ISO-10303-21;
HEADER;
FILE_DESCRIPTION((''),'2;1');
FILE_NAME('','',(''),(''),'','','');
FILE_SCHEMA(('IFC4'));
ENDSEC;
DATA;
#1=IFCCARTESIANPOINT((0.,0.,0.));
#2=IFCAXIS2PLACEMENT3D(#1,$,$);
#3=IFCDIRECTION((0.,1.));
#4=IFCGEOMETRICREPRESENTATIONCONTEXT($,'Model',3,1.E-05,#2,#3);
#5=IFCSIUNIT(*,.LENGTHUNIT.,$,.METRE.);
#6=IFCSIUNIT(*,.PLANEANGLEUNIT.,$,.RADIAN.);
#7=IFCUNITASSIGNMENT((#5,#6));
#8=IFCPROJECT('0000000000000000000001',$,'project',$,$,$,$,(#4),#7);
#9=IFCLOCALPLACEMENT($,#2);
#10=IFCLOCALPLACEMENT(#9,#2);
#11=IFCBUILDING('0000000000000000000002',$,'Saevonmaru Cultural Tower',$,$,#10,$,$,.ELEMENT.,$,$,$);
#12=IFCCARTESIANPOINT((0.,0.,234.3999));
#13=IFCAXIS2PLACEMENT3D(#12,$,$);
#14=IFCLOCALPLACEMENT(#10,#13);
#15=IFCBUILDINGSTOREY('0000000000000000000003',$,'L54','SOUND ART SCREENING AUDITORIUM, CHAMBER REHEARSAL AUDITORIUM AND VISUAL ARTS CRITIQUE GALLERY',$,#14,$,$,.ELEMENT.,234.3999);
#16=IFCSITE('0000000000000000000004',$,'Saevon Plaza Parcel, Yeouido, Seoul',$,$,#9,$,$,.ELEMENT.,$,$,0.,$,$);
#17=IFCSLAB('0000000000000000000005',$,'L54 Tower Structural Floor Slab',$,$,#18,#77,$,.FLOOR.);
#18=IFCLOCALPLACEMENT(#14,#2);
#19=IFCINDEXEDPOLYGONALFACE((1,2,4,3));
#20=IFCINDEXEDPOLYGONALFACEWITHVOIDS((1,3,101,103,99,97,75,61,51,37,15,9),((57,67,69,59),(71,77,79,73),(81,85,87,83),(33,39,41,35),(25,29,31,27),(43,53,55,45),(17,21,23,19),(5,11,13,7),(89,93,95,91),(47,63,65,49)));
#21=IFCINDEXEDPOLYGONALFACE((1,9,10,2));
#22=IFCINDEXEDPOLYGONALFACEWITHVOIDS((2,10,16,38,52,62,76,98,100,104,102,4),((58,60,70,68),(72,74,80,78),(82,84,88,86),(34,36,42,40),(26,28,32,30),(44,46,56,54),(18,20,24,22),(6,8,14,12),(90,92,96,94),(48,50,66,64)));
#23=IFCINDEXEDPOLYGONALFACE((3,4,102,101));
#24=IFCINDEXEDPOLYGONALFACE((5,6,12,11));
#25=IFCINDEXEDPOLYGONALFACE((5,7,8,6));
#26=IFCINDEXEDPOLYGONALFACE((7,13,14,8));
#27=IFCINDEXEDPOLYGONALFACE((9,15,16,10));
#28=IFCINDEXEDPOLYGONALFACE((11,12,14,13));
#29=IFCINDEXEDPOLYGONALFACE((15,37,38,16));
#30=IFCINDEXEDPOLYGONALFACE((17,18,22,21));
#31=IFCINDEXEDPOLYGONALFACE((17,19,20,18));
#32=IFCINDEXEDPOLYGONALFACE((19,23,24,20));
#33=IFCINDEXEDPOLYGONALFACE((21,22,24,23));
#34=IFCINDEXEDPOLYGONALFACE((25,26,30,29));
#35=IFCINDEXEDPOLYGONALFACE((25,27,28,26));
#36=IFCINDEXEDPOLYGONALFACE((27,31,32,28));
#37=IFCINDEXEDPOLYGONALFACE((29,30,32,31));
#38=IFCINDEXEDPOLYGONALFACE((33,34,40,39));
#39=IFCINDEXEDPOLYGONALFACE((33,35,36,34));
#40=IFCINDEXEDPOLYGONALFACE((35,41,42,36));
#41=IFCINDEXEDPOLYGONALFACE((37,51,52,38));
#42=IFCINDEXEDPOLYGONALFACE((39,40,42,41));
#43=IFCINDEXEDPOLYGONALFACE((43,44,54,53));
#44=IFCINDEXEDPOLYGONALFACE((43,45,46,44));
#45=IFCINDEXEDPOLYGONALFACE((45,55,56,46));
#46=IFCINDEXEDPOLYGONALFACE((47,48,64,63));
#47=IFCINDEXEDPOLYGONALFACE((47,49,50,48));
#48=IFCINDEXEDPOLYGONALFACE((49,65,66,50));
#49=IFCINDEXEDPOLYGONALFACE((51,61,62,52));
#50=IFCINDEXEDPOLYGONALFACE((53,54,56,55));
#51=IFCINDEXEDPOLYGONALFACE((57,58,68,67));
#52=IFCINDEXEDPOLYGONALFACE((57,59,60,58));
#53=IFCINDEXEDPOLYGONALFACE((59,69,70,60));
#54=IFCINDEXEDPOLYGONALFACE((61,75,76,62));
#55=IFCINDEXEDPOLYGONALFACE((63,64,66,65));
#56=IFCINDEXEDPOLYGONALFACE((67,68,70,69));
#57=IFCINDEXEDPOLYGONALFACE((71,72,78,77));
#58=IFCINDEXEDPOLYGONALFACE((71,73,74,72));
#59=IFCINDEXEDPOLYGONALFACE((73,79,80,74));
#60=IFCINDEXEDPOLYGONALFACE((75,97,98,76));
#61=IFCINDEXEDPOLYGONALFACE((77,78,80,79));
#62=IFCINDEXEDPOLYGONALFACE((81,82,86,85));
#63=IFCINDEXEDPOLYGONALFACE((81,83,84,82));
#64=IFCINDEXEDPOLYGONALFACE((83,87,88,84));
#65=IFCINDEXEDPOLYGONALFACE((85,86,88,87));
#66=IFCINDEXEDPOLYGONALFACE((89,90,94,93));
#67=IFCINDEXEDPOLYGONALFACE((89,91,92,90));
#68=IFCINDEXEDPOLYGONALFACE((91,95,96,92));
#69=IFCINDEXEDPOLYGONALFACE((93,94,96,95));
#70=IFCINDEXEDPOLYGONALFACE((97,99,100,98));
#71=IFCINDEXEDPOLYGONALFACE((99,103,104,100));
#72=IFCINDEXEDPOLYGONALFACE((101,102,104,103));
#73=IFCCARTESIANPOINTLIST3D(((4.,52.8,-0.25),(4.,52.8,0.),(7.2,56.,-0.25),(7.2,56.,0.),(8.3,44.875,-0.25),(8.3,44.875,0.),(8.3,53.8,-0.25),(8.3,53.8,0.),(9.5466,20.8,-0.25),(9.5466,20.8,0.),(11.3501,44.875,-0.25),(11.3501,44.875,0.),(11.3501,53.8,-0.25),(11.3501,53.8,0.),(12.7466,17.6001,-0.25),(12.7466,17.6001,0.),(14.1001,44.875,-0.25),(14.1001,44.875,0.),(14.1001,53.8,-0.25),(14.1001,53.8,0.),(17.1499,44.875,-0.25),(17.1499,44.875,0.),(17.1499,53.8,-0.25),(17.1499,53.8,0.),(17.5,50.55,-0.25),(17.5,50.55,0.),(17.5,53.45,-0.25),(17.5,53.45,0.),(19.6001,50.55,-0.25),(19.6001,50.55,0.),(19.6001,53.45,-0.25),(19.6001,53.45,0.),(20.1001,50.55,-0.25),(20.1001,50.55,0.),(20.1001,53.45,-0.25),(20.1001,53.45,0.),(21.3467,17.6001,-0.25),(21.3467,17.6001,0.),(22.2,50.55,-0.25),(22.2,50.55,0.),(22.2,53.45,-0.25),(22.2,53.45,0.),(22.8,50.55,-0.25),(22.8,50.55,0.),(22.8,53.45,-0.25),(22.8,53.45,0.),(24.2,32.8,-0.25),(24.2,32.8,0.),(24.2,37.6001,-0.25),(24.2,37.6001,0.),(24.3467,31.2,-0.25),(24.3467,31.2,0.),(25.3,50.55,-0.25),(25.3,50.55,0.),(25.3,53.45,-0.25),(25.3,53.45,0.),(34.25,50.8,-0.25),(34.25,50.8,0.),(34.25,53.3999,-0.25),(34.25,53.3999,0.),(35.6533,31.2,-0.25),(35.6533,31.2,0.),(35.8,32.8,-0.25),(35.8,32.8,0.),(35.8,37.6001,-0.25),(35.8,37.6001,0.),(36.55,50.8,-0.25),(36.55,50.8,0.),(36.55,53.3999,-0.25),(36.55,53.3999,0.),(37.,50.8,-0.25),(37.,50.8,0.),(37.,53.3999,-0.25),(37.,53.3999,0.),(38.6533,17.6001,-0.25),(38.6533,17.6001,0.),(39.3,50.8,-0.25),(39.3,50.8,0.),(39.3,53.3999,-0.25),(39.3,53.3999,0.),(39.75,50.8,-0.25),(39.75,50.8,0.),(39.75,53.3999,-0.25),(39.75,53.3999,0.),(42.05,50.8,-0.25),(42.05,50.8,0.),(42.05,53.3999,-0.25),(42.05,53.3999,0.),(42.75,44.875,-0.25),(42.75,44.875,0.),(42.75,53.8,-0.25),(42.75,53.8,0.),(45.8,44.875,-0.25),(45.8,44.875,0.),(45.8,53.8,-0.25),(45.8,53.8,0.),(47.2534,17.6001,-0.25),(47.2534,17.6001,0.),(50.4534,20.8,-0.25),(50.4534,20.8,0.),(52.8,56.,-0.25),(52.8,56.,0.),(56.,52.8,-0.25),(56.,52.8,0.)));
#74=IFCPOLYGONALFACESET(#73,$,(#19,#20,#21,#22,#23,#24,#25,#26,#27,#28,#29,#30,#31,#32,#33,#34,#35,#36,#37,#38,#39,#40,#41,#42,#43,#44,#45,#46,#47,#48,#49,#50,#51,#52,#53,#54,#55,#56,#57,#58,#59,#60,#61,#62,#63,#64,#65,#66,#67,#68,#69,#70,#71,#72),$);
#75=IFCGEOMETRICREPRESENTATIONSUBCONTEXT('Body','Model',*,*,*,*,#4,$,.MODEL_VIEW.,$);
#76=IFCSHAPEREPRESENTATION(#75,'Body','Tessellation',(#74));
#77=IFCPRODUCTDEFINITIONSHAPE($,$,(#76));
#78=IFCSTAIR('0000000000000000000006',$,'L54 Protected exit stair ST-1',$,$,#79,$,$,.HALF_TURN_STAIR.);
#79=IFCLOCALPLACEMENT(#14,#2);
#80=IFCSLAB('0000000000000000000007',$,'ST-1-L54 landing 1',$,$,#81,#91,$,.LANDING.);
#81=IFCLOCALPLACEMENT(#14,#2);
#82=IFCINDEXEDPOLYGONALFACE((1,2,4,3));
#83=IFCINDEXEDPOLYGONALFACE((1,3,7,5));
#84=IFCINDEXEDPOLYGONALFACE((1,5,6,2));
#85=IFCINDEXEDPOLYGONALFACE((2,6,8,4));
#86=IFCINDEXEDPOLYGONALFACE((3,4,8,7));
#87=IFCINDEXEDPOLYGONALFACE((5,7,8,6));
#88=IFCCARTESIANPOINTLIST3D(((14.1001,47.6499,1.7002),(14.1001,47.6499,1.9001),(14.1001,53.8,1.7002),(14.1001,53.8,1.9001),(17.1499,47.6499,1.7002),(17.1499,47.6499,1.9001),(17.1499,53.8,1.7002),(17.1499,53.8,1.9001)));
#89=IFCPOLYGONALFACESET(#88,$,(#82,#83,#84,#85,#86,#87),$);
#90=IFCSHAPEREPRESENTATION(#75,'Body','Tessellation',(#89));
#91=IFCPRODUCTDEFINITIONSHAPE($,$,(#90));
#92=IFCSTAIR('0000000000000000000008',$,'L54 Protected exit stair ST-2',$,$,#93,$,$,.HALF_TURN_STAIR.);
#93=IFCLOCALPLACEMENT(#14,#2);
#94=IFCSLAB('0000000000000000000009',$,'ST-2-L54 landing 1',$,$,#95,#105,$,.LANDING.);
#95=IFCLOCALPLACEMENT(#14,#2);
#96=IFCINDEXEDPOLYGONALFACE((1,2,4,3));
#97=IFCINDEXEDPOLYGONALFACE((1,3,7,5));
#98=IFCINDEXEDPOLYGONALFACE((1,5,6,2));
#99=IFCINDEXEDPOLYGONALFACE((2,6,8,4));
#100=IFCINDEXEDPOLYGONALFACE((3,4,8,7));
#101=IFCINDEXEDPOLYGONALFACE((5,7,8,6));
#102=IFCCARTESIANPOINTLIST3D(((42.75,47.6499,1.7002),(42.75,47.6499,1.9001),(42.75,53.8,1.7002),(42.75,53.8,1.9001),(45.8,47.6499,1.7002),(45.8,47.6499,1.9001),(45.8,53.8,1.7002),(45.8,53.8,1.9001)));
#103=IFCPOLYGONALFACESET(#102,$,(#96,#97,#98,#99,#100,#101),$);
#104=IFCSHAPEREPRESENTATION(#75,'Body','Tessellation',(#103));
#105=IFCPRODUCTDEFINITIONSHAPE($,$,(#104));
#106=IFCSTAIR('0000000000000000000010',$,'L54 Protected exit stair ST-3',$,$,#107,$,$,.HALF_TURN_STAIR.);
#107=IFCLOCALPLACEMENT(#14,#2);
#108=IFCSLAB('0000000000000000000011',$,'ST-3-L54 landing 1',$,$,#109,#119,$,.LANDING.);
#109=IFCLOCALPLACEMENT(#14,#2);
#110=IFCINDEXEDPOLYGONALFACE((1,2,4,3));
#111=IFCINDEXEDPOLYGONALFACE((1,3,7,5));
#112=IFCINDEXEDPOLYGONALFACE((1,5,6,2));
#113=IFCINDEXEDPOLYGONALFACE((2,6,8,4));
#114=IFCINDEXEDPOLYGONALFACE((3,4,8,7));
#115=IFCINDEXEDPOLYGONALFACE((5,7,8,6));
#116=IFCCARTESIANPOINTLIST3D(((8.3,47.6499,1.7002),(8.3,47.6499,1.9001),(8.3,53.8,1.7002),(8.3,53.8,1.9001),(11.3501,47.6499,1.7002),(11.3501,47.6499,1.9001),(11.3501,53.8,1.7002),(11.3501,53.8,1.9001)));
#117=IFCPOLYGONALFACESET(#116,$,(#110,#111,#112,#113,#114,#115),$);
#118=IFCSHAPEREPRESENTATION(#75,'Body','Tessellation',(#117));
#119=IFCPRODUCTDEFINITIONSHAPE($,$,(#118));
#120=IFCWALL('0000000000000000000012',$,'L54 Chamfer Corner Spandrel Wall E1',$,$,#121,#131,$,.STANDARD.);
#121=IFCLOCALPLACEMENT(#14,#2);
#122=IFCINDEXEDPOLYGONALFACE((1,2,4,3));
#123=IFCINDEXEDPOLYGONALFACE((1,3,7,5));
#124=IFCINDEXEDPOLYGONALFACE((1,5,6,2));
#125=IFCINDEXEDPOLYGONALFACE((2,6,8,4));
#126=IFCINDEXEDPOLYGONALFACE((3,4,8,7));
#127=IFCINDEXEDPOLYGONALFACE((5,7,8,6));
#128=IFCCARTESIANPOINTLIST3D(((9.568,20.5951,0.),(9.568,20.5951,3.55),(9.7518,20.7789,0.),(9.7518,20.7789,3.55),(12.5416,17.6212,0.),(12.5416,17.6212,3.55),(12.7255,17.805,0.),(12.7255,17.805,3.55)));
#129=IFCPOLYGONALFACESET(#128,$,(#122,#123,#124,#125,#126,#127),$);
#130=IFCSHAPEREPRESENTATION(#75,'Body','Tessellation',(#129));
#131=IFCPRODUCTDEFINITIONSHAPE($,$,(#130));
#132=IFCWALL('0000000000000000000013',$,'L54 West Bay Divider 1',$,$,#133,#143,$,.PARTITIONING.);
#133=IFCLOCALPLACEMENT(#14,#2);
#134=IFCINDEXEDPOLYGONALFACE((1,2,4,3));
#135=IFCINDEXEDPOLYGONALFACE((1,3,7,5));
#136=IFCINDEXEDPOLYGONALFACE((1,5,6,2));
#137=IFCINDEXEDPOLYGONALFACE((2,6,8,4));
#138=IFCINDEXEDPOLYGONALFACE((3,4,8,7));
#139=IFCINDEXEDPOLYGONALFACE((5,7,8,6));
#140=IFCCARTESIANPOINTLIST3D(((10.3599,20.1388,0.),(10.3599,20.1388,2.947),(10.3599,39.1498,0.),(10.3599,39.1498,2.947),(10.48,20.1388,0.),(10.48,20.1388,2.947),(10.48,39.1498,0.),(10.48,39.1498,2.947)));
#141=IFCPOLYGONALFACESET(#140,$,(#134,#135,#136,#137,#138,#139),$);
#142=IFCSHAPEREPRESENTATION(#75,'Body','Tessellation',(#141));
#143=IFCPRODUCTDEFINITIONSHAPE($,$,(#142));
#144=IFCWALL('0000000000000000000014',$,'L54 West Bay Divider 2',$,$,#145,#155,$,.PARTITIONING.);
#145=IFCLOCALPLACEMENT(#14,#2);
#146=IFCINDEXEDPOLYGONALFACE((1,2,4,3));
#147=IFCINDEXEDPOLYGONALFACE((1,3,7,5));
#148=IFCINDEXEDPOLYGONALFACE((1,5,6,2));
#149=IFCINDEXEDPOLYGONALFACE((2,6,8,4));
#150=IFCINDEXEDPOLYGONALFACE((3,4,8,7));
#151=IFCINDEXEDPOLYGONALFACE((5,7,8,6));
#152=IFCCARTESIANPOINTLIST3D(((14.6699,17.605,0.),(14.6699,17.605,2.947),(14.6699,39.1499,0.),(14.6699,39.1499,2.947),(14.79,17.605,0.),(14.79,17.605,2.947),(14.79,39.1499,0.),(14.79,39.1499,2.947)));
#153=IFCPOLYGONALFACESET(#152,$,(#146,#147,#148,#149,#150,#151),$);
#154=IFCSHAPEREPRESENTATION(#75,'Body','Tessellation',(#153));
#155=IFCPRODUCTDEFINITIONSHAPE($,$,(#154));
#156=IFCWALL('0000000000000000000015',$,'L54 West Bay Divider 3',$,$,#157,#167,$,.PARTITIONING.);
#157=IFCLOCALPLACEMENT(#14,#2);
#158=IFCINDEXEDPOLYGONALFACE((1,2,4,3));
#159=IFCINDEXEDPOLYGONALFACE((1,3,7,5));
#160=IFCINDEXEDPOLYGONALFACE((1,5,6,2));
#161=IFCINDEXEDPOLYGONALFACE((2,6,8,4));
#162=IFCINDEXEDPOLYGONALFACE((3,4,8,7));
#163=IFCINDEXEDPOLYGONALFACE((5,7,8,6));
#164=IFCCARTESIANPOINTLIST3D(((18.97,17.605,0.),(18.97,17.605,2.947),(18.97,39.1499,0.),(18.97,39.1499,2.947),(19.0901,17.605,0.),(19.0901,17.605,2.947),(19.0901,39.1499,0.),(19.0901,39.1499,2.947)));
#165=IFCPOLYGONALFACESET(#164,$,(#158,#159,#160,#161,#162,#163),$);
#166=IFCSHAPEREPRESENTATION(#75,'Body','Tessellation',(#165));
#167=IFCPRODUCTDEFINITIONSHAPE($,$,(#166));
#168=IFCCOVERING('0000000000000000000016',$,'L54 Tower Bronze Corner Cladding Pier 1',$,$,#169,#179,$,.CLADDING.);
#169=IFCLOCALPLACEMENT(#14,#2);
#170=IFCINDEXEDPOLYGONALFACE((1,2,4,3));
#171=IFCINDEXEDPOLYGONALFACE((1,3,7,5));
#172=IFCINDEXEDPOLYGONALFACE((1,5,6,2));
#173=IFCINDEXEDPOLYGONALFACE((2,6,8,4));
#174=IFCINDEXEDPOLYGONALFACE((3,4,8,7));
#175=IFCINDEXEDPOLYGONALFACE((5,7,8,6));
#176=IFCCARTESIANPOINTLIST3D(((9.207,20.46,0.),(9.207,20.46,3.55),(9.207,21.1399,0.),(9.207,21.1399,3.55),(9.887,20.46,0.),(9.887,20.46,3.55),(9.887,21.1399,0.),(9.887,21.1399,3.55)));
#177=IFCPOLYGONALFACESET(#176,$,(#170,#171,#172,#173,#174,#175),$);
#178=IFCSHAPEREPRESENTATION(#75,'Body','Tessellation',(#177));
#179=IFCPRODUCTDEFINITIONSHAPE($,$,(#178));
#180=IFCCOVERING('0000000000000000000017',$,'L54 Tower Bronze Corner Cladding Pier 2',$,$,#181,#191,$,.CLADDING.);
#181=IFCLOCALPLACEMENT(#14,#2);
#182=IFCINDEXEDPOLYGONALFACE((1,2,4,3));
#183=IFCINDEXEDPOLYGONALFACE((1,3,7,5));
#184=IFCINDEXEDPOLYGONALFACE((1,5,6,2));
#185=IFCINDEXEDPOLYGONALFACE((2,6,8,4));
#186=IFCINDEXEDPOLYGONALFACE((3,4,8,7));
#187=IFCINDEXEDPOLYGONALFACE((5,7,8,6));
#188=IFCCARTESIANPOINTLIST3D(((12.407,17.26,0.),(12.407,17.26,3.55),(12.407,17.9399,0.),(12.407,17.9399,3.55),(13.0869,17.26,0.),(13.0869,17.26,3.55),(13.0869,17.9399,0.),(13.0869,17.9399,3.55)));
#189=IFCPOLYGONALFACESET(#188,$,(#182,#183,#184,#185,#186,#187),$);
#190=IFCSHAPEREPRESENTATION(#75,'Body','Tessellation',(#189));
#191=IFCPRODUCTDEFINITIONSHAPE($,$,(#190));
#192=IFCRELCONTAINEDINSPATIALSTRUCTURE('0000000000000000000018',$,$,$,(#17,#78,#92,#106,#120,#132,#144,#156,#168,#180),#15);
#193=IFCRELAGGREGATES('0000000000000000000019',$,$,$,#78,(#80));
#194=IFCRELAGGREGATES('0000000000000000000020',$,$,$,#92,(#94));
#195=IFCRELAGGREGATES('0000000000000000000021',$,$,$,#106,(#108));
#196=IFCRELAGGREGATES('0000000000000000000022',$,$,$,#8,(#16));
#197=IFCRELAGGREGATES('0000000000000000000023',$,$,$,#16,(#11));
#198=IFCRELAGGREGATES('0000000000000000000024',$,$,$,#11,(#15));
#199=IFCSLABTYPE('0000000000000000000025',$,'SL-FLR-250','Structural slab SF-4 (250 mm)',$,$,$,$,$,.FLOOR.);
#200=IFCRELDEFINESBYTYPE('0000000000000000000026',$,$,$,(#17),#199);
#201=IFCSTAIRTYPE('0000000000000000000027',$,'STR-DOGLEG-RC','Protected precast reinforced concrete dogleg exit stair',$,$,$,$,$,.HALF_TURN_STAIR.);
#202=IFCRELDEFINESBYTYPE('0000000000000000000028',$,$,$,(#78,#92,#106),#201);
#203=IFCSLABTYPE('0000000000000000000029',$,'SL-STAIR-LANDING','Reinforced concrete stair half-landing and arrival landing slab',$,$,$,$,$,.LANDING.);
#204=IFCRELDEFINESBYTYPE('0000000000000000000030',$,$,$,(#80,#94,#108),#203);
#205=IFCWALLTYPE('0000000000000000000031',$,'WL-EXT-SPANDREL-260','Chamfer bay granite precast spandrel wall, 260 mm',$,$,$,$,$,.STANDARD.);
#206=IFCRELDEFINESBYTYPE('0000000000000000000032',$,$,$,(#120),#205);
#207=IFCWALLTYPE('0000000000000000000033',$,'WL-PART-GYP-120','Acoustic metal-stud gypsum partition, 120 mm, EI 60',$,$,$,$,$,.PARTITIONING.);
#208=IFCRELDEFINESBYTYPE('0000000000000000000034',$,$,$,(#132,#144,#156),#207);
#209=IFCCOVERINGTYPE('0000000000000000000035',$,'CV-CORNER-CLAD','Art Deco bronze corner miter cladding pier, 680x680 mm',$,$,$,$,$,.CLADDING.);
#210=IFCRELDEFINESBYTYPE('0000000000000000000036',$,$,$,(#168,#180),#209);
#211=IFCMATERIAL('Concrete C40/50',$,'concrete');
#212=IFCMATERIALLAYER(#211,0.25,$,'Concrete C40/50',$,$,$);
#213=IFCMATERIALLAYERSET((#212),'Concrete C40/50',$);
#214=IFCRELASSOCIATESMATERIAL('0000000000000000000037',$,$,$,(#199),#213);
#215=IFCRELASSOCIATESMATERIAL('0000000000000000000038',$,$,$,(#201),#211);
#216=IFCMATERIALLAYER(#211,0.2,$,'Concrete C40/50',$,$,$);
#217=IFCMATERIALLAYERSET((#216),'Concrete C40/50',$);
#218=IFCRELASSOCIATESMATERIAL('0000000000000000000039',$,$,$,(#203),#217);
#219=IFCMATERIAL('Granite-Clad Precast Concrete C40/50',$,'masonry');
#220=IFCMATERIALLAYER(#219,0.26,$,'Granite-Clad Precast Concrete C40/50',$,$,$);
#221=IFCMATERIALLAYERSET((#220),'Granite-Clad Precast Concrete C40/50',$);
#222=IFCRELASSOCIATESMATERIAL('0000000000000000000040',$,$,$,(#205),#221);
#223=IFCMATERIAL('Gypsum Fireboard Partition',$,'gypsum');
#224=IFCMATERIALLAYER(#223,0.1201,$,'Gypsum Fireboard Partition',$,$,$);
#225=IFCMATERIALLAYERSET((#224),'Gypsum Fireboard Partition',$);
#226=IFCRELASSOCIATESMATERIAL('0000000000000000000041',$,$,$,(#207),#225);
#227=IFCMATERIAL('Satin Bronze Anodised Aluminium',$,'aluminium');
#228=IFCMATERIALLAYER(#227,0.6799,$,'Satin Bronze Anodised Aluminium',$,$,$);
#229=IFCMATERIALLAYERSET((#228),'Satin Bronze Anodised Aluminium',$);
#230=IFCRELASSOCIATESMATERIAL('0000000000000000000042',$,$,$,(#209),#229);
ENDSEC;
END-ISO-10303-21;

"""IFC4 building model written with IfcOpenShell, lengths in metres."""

from ifc_helpers import new_model, si_unit, direction, frame, frame_2d, origin, place, context, subcontext, project, spatial, polyline, rectangle, outline, extrude, material, layer, layer_set, type_object, element, aggregate, save


model = new_model("IFC4")

# Units and contexts
model_context = context("Model", 3, precision=1e-05, world=origin(), true_north=direction((0.0, 1.0)))
body_context = subcontext(model_context, "Body", "Model", "MODEL_VIEW")
ifc_project = project(units=[si_unit("LENGTHUNIT", "METRE"), si_unit("PLANEANGLEUNIT", "RADIAN")], contexts=[model_context])

# Site, building, storey
site_placement = place(None, origin())
site = spatial("IfcSite", under=ifc_project, at=site_placement, Name="Saevon Plaza Parcel, Yeouido, Seoul", CompositionType="ELEMENT", RefElevation=0.0)
building_placement = place(site_placement, origin())
building = spatial("IfcBuilding", under=site, at=building_placement, Name="Saevonmaru Cultural Tower", CompositionType="ELEMENT")
storey_placement = place(building_placement, frame((0.0, 0.0, 234.3999)))
storey = spatial("IfcBuildingStorey", under=building, at=storey_placement, Name="L54", Description="SOUND ART SCREENING AUDITORIUM, CHAMBER REHEARSAL AUDITORIUM AND VISUAL ARTS CRITIQUE GALLERY", CompositionType="ELEMENT", Elevation=234.3999)

# Shared definitions
ifc_material_1 = material(Name="Satin Bronze Anodised Aluminium", Category="aluminium")

# Slab
ifc_material_2 = material(Name="Concrete C40/50", Category="concrete")
ifc_layer_1 = layer(ifc_material_2, 0.25, Name="Concrete C40/50")
ifc_layer_set_1 = layer_set([ifc_layer_1], Name="Concrete C40/50")
slab_type_1 = type_object("IfcSlabType", Name="SL-FLR-250", Description="Structural slab SF-4 (250 mm)", PredefinedType="FLOOR", material=ifc_layer_set_1)
slab_1_placement = place(storey_placement, frame((0.0, 0.0, -0.25)))
element("IfcSlab", 1, at=slab_1_placement, inside=storey, type_object=slab_type_1, Name="L54 Tower Structural Floor Slab", PredefinedType="FLOOR", context=body_context, shape_type="SweptSolid", body=[
    extrude(outline(polyline([(9.5466, 20.8), (12.7466, 17.6001), (21.3467, 17.6001), (24.3467, 31.2), (35.6533, 31.2), (38.6533, 17.6001), (47.2534, 17.6001), (50.4534, 20.8), (56.0, 52.8), (52.8, 56.0), (7.2, 56.0), (4.0, 52.8), (9.5466, 20.8)]), holes=[polyline([(45.8, 44.875), (42.75, 44.875), (42.75, 53.8), (45.8, 53.8), (45.8, 44.875)]), polyline([(39.75, 50.8), (39.75, 53.3999), (42.05, 53.3999), (42.05, 50.8), (39.75, 50.8)]), polyline([(37.0, 50.8), (37.0, 53.3999), (39.3, 53.3999), (39.3, 50.8), (37.0, 50.8)]), polyline([(36.55, 50.8), (34.25, 50.8), (34.25, 53.3999), (36.55, 53.3999), (36.55, 50.8)]), polyline([(35.8, 32.8), (24.2, 32.8), (24.2, 37.6001), (35.8, 37.6001), (35.8, 32.8)]), polyline([(25.3, 50.55), (22.8, 50.55), (22.8, 53.45), (25.3, 53.45), (25.3, 50.55)]), polyline([(22.2, 50.55), (20.1001, 50.55), (20.1001, 53.45), (22.2, 53.45), (22.2, 50.55)]), polyline([(17.5, 50.55), (17.5, 53.45), (19.6001, 53.45), (19.6001, 50.55), (17.5, 50.55)]), polyline([(17.1499, 53.8), (17.1499, 44.875), (14.1001, 44.875), (14.1001, 53.8), (17.1499, 53.8)]), polyline([(11.3501, 53.8), (11.3501, 44.875), (8.3, 44.875), (8.3, 53.8), (11.3501, 53.8)])]), origin(), (0.0, 0.0, 1.0), 0.25),
])

# Stairs, slabs
stair_type = type_object("IfcStairType", Name="STR-DOGLEG-RC", Description="Protected precast reinforced concrete dogleg exit stair", PredefinedType="HALF_TURN_STAIR", material=ifc_material_2)
stair_1_placement = place(storey_placement, origin())
stair_1 = element("IfcStair", 2, at=stair_1_placement, inside=storey, type_object=stair_type, Name="L54 Protected exit stair ST-1", PredefinedType="HALF_TURN_STAIR")
ifc_layer_2 = layer(ifc_material_2, 0.2, Name="Concrete C40/50")
ifc_layer_set_2 = layer_set([ifc_layer_2], Name="Concrete C40/50")
slab_type_2 = type_object("IfcSlabType", Name="SL-STAIR-LANDING", Description="Reinforced concrete stair half-landing and arrival landing slab", PredefinedType="LANDING", material=ifc_layer_set_2)
slab_2_placement = place(storey_placement, frame((0.0, 0.0, 1.7002)))
slab_2 = element("IfcSlab", 3, at=slab_2_placement, type_object=slab_type_2, Name="ST-1-L54 landing 1", PredefinedType="LANDING", context=body_context, shape_type="SweptSolid", body=[
    extrude(outline(polyline([(17.1499, 47.6499), (17.1499, 53.8), (14.1001, 53.8), (14.1001, 47.6499), (17.1499, 47.6499)])), origin(), (0.0, 0.0, 1.0), 0.2),
])
aggregate(stair_1, [slab_2])
stair_2_placement = place(storey_placement, origin())
stair_2 = element("IfcStair", 4, at=stair_2_placement, inside=storey, type_object=stair_type, Name="L54 Protected exit stair ST-2", PredefinedType="HALF_TURN_STAIR")
slab_3_placement = place(storey_placement, frame((0.0, 0.0, 1.7002)))
slab_3 = element("IfcSlab", 5, at=slab_3_placement, type_object=slab_type_2, Name="ST-2-L54 landing 1", PredefinedType="LANDING", context=body_context, shape_type="SweptSolid", body=[
    extrude(outline(polyline([(45.8, 47.6499), (45.8, 53.8), (42.75, 53.8), (42.75, 47.6499), (45.8, 47.6499)])), origin(), (0.0, 0.0, 1.0), 0.2),
])
aggregate(stair_2, [slab_3])
stair_3_placement = place(storey_placement, origin())
stair_3 = element("IfcStair", 6, at=stair_3_placement, inside=storey, type_object=stair_type, Name="L54 Protected exit stair ST-3", PredefinedType="HALF_TURN_STAIR")
slab_4_placement = place(storey_placement, frame((0.0, 0.0, 1.7002)))
slab_4 = element("IfcSlab", 7, at=slab_4_placement, type_object=slab_type_2, Name="ST-3-L54 landing 1", PredefinedType="LANDING", context=body_context, shape_type="SweptSolid", body=[
    extrude(outline(polyline([(11.3501, 47.6499), (11.3501, 53.8), (8.3, 53.8), (8.3, 47.6499), (11.3501, 47.6499)])), origin(), (0.0, 0.0, 1.0), 0.2),
])
aggregate(stair_3, [slab_4])

# Walls
ifc_material_3 = material(Name="Granite-Clad Precast Concrete C40/50", Category="masonry")
ifc_layer_3 = layer(ifc_material_3, 0.26, Name="Granite-Clad Precast Concrete C40/50")
ifc_layer_set_3 = layer_set([ifc_layer_3], Name="Granite-Clad Precast Concrete C40/50")
wall_type_1 = type_object("IfcWallType", Name="WL-EXT-SPANDREL-260", Description="Chamfer bay granite precast spandrel wall, 260 mm", PredefinedType="STANDARD", material=ifc_layer_set_3)
wall_1_placement = place(storey_placement, frame((9.6599, 20.687, 0.0), z_axis=(0.0, 0.0, 1.0), x_axis=(0.707078, -0.707136, 0.0)))
element("IfcWall", 8, at=wall_1_placement, inside=storey, type_object=wall_type_1, Name="L54 Chamfer Corner Spandrel Wall E1", PredefinedType="STANDARD", context=body_context, shape_type="SweptSolid", body=[
    extrude(rectangle(XDim=4.2056, YDim=0.26, at=frame_2d((2.1028, 0.0))), origin(), (0.0, 0.0, 1.0), 3.55),
])
ifc_material_4 = material(Name="Gypsum Fireboard Partition", Category="gypsum")
ifc_layer_4 = layer(ifc_material_4, 0.1201, Name="Gypsum Fireboard Partition")
ifc_layer_set_4 = layer_set([ifc_layer_4], Name="Gypsum Fireboard Partition")
wall_type_2 = type_object("IfcWallType", Name="WL-PART-GYP-120", Description="Acoustic metal-stud gypsum partition, 120 mm, EI 60", PredefinedType="PARTITIONING", material=ifc_layer_set_4)
wall_2_placement = place(storey_placement, frame((10.4199, 20.1389, 0.0), z_axis=(0.0, 0.0, 1.0), x_axis=(0.0, 1.0, 0.0)))
element("IfcWall", 9, at=wall_2_placement, inside=storey, type_object=wall_type_2, Name="L54 West Bay Divider 1", PredefinedType="PARTITIONING", context=body_context, shape_type="SweptSolid", body=[
    extrude(rectangle(XDim=19.011, YDim=0.1201, at=frame_2d((9.5054, 0.0))), origin(), (0.0, 0.0, 1.0), 2.947),
])
for number, where, z_axis, x_axis, name in (
    (10, (14.73, 17.605, 0.0), (0.0, 0.0, 1.0), (0.0, 1.0, 0.0), "L54 West Bay Divider 2"),
    (11, (19.03, 17.605, 0.0), (0.0, 0.0, 1.0), (0.0, 1.0, 0.0), "L54 West Bay Divider 3"),
):
    element("IfcWall", number, at=place(storey_placement, frame(where, z_axis=z_axis, x_axis=x_axis)), inside=storey, type_object=wall_type_2, Name=name, PredefinedType="PARTITIONING", context=body_context, shape_type="SweptSolid", body=[
        extrude(rectangle(XDim=21.5449, YDim=0.1201, at=frame_2d((10.7725, 0.0))), origin(), (0.0, 0.0, 1.0), 2.947),
    ])

# Coverings
ifc_layer_5 = layer(ifc_material_1, 0.6799, Name="Satin Bronze Anodised Aluminium")
ifc_layer_set_5 = layer_set([ifc_layer_5], Name="Satin Bronze Anodised Aluminium")
covering_type = type_object("IfcCoveringType", Name="CV-CORNER-CLAD", Description="Art Deco bronze corner miter cladding pier, 680x680 mm", PredefinedType="CLADDING", material=ifc_layer_set_5)
covering_1_placement = place(storey_placement, origin())
element("IfcCovering", 12, at=covering_1_placement, inside=storey, type_object=covering_type, Name="L54 Tower Bronze Corner Cladding Pier 1", PredefinedType="CLADDING", context=body_context, shape_type="SweptSolid", body=[
    extrude(outline(polyline([(9.207, 20.46), (9.887, 20.46), (9.887, 21.1399), (9.207, 21.1399), (9.207, 20.46)])), origin(), (0.0, 0.0, 1.0), 3.55),
])
covering_2_placement = place(storey_placement, origin())
element("IfcCovering", 13, at=covering_2_placement, inside=storey, type_object=covering_type, Name="L54 Tower Bronze Corner Cladding Pier 2", PredefinedType="CLADDING", context=body_context, shape_type="SweptSolid", body=[
    extrude(outline(polyline([(12.407, 17.26), (13.0869, 17.26), (13.0869, 17.9399), (12.407, 17.9399), (12.407, 17.26)])), origin(), (0.0, 0.0, 1.0), 3.55),
])

save(model, "model.ifc")
